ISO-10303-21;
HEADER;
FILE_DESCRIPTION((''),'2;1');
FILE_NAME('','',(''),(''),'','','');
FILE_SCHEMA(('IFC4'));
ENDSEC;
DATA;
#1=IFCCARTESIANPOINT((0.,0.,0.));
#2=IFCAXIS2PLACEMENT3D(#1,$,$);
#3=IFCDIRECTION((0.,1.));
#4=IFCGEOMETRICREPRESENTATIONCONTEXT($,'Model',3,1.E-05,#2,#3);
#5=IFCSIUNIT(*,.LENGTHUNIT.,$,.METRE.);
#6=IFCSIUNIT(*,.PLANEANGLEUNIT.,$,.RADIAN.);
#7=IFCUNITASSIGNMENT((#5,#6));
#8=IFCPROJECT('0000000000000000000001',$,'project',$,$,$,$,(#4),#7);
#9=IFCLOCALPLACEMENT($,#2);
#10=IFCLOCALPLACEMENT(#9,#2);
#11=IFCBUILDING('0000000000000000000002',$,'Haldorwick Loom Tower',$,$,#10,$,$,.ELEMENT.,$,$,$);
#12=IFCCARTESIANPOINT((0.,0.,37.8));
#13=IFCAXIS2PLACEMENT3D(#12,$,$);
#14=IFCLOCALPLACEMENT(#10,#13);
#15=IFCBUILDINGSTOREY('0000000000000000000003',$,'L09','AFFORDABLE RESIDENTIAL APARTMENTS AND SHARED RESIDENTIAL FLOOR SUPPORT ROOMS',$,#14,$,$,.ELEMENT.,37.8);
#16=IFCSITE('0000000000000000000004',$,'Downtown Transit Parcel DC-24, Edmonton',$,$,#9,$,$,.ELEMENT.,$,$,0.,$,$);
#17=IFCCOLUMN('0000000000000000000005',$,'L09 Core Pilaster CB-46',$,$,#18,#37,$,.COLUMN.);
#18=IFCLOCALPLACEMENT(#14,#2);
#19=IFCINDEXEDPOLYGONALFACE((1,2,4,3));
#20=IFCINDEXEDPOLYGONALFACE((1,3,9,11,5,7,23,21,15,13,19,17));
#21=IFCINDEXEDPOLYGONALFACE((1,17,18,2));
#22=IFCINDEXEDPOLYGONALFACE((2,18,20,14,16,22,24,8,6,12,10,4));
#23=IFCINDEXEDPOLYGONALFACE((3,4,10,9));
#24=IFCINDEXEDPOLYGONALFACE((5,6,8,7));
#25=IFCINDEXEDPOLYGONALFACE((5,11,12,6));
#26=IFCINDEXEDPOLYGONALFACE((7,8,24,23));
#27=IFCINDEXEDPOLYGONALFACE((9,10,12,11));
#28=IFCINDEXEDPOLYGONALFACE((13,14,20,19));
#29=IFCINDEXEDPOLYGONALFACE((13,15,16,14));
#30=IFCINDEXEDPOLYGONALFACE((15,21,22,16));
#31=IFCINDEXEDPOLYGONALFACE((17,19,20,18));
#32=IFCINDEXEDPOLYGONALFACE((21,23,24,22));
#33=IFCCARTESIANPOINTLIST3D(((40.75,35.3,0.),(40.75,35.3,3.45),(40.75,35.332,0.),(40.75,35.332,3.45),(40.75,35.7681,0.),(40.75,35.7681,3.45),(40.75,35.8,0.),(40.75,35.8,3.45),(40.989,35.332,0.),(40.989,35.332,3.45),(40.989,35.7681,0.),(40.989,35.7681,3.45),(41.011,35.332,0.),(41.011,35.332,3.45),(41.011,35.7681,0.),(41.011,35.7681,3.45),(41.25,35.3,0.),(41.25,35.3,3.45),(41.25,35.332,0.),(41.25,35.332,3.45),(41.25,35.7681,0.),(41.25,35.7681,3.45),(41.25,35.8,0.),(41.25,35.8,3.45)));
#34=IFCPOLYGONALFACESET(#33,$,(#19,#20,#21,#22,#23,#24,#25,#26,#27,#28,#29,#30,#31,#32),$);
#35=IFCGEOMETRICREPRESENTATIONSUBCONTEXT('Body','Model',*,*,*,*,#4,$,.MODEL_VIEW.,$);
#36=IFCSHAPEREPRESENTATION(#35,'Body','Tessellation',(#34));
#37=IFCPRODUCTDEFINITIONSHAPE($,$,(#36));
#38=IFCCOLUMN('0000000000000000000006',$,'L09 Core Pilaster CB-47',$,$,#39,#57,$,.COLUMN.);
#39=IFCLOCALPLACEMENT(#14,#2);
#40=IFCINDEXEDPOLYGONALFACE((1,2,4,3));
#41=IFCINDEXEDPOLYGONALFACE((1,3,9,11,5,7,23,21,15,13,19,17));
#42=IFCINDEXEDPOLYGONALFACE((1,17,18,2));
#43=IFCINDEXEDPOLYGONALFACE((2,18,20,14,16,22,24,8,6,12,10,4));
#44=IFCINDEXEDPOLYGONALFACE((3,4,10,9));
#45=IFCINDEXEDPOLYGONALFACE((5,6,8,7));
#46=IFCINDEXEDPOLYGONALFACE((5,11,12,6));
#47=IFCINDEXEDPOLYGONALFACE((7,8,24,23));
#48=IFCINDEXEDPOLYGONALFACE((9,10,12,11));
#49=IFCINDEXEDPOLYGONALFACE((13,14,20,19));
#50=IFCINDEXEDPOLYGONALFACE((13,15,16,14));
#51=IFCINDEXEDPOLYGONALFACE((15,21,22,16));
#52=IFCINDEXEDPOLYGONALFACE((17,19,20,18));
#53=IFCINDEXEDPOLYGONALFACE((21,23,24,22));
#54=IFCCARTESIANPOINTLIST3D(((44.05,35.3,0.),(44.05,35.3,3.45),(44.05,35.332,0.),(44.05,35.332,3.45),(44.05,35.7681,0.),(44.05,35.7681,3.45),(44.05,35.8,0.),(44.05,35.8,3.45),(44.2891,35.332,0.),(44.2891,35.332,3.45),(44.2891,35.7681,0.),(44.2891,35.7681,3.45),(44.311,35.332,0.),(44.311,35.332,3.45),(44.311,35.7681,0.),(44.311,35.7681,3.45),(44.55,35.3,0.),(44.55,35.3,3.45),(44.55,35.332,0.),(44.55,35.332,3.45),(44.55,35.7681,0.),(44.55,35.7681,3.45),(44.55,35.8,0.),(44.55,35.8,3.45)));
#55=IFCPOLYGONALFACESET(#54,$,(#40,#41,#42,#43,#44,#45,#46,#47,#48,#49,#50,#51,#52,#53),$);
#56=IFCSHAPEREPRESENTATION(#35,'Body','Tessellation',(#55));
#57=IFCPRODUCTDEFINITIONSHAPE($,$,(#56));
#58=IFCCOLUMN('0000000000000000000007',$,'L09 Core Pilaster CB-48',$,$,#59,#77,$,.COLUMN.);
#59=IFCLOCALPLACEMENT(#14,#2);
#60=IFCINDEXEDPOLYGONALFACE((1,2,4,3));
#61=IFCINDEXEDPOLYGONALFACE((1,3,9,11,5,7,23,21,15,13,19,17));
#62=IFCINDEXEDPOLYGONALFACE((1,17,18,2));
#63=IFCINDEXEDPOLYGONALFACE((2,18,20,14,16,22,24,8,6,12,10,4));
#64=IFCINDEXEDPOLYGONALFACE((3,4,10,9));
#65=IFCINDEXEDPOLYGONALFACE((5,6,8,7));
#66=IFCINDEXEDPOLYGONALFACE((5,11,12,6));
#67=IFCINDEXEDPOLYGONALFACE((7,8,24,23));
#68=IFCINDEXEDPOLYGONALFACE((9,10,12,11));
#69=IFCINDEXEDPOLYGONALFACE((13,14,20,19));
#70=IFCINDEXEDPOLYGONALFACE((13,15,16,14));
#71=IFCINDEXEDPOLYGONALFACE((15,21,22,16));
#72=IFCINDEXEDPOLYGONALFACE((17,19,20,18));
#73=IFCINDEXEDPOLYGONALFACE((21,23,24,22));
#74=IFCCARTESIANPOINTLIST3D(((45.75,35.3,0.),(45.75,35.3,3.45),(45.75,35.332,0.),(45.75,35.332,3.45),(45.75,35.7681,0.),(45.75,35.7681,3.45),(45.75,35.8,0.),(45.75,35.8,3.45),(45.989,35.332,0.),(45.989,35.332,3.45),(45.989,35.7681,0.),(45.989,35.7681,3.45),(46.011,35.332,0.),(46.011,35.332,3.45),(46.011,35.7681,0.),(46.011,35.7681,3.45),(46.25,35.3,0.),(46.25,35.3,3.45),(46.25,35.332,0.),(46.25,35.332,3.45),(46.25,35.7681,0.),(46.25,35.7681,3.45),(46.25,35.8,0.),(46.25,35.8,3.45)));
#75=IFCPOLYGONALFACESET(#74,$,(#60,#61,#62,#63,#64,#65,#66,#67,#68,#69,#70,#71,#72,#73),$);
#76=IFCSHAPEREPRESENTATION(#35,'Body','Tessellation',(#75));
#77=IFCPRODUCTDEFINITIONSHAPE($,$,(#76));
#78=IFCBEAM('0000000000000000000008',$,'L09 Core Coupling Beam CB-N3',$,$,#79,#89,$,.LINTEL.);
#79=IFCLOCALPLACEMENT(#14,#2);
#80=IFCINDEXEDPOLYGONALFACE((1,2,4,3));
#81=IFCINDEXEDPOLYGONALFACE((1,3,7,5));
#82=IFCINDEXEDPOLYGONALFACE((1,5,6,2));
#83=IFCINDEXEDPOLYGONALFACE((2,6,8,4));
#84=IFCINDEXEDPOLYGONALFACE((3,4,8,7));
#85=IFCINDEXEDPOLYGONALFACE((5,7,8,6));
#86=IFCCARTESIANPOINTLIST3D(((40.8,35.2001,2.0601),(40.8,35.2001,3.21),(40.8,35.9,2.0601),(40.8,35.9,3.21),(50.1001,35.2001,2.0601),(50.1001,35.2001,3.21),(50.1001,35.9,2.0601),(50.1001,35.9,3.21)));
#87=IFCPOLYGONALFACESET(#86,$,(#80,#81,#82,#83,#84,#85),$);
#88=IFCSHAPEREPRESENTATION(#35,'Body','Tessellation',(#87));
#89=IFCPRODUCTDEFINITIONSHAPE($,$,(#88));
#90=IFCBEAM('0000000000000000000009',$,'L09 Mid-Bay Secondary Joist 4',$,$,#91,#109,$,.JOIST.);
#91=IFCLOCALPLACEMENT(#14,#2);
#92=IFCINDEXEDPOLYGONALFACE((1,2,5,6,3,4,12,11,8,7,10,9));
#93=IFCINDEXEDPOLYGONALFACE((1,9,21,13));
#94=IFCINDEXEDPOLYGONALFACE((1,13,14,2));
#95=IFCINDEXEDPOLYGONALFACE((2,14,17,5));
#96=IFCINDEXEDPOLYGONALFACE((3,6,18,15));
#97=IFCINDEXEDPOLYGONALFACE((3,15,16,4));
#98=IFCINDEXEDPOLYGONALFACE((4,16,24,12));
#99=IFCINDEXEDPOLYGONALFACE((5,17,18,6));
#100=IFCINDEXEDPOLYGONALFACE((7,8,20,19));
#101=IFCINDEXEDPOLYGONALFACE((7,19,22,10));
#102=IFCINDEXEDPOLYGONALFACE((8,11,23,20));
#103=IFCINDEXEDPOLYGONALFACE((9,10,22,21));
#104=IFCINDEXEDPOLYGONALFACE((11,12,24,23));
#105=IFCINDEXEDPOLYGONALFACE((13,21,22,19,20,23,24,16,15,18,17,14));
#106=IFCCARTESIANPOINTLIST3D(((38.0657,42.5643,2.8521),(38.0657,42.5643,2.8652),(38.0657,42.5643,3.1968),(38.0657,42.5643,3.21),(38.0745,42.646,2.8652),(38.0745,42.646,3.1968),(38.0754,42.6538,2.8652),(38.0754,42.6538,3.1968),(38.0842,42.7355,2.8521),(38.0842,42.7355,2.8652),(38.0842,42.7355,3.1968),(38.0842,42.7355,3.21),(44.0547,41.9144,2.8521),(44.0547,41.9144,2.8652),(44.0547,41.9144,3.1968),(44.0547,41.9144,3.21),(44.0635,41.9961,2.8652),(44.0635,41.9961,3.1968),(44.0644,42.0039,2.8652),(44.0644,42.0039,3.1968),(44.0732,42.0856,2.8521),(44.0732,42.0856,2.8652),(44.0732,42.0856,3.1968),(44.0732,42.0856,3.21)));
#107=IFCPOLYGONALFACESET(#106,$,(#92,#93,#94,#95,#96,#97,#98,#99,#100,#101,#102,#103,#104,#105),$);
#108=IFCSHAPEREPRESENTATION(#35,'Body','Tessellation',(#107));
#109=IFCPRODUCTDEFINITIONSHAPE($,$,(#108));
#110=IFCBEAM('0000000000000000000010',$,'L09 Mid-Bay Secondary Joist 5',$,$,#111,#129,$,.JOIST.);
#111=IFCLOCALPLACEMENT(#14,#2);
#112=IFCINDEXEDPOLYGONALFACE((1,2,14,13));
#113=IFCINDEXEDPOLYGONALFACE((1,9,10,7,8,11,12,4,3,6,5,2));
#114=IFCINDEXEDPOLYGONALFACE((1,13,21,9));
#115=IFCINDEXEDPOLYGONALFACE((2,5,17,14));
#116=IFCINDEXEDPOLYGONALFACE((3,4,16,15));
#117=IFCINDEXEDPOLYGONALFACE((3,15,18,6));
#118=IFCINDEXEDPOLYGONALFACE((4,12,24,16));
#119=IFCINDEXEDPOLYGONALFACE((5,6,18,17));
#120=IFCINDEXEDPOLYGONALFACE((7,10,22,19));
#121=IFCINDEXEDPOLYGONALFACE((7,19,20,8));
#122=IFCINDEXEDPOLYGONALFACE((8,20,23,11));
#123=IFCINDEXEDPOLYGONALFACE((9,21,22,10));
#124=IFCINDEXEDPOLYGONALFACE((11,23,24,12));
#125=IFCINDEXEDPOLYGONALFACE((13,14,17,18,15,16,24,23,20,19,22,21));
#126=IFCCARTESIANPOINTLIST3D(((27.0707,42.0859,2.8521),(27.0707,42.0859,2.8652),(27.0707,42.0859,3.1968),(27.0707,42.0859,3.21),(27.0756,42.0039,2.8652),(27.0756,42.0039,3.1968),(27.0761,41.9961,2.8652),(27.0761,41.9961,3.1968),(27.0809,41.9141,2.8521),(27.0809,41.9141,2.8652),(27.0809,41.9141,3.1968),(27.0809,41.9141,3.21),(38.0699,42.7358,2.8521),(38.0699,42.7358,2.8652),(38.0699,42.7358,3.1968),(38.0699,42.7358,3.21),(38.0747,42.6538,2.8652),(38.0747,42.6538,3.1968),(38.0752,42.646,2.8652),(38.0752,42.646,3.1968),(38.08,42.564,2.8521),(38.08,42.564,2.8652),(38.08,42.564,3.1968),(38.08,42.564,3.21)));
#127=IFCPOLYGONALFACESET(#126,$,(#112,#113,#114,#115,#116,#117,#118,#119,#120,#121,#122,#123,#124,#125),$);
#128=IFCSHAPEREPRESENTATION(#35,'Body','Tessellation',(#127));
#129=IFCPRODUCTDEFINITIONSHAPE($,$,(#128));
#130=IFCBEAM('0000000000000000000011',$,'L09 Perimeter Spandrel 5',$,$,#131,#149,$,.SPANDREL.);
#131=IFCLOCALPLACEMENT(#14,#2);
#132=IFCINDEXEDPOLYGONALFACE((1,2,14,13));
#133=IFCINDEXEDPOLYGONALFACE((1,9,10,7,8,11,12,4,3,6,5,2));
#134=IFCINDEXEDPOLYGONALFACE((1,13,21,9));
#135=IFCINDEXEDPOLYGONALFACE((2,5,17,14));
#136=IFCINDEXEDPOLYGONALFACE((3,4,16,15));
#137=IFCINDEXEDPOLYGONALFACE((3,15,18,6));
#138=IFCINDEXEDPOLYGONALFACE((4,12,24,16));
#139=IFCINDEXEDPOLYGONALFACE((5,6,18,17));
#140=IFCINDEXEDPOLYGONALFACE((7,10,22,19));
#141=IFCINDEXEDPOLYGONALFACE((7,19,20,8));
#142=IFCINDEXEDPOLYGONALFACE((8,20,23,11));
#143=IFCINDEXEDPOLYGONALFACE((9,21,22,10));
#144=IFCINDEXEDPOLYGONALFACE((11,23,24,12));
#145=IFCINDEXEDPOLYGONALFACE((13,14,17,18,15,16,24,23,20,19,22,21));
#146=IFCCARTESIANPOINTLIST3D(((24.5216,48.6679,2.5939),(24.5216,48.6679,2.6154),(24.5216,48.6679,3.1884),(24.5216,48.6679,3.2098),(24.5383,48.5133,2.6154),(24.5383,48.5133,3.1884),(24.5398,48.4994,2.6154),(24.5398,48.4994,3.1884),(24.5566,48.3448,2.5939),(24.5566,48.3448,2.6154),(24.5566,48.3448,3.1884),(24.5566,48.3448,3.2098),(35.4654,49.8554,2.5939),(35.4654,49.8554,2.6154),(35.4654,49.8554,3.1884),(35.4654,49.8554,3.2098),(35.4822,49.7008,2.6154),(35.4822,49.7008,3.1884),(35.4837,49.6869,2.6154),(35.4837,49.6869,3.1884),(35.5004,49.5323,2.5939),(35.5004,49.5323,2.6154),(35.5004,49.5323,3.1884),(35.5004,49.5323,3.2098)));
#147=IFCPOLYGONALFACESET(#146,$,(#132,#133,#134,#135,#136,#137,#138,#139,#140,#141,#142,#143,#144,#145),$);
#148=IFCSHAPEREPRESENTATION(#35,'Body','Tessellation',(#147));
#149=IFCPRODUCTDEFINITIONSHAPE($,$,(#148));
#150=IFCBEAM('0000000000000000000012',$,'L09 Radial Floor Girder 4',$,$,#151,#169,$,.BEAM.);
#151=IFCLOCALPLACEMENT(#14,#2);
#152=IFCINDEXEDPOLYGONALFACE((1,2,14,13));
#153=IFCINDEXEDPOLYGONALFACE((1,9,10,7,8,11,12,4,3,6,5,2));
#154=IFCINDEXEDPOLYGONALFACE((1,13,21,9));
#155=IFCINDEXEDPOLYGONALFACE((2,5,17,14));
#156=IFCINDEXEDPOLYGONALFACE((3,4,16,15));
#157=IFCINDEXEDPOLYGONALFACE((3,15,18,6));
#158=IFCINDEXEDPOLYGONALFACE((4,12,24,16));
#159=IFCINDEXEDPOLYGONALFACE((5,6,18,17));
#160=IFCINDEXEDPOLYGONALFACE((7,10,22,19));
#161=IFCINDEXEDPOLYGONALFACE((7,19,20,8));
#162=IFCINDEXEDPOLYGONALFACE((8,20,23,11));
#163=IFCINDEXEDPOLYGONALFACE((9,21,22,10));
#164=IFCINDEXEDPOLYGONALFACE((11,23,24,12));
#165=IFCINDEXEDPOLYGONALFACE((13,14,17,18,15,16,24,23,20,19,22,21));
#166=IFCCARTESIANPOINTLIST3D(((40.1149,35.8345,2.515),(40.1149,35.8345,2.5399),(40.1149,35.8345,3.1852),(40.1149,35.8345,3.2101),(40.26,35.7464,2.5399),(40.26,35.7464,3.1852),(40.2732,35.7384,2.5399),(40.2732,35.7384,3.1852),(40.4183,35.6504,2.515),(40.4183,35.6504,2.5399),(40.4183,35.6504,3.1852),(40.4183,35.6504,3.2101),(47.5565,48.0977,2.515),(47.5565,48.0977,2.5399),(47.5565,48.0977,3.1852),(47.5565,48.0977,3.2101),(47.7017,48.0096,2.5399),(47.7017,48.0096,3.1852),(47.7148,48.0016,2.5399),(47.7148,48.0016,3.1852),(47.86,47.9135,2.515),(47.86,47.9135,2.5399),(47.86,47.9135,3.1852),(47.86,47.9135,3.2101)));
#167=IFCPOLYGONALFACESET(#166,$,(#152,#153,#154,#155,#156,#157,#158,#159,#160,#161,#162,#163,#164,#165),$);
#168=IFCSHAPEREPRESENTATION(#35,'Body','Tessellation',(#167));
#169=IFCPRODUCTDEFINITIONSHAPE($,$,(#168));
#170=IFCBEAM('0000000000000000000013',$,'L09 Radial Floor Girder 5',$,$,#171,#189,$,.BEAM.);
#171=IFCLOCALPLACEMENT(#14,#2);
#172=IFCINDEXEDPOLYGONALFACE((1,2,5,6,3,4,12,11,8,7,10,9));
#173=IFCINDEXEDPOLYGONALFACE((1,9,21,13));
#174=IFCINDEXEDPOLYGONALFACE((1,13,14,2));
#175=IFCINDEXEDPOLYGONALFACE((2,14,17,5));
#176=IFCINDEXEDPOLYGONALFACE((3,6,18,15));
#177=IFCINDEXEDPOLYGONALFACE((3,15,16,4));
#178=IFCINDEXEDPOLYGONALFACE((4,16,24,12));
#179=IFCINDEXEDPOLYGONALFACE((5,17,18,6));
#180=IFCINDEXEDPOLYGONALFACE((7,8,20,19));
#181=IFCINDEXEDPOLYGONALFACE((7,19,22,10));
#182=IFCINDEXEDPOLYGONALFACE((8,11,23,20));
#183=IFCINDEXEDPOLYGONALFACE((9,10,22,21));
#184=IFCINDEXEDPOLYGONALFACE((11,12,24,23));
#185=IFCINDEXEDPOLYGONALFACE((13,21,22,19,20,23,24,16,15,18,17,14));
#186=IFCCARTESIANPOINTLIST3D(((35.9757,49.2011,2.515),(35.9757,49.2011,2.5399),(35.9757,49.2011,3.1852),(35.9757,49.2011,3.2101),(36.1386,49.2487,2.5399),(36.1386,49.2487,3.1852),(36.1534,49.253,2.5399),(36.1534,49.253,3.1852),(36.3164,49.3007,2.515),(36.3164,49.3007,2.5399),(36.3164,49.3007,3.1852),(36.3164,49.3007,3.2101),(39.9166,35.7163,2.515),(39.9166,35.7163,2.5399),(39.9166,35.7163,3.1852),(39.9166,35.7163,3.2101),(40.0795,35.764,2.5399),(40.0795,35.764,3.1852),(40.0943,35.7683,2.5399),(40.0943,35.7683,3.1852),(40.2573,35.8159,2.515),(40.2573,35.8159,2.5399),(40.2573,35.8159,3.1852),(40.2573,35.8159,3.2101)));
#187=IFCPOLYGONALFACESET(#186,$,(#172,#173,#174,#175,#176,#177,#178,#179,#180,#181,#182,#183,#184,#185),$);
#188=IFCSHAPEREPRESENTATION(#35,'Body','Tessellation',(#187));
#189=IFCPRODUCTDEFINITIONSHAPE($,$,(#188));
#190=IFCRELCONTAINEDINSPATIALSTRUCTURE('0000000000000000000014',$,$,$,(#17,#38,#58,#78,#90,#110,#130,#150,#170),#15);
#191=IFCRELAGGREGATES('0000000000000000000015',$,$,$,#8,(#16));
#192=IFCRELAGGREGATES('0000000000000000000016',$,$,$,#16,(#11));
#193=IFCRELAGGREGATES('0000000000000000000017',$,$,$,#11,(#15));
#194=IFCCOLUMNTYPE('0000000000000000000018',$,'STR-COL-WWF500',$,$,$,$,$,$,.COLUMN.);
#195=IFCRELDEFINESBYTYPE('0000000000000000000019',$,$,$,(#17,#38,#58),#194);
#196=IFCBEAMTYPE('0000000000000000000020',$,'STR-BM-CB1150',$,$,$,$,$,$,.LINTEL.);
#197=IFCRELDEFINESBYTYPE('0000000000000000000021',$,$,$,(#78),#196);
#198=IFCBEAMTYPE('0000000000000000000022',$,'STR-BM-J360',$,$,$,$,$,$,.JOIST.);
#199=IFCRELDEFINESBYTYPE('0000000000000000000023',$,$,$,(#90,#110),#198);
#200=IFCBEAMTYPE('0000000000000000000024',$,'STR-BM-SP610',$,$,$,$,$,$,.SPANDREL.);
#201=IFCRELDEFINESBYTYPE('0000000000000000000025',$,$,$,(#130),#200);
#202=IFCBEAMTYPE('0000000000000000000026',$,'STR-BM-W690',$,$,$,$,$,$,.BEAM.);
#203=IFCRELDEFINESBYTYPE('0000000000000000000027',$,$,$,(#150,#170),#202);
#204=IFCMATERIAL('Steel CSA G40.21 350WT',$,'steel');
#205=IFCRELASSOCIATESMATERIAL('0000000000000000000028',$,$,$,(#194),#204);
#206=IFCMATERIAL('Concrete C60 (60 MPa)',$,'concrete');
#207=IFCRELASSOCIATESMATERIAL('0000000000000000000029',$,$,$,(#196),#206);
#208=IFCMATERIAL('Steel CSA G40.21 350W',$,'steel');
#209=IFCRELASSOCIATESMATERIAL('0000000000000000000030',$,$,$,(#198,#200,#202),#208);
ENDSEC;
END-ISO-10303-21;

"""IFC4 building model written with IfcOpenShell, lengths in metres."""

from ifc_helpers import new_model, si_unit, direction, frame, origin, origin_2d, place, context, subcontext, project, spatial, rectangle, i_section, extrude, material, material_profile, profile_set, type_object, element, save


model = new_model("IFC4")

# Units and contexts
model_context = context("Model", 3, precision=1e-05, world=origin(), true_north=direction((0.0, 1.0)))
body_context = subcontext(model_context, "Body", "Model", "MODEL_VIEW")
ifc_project = project(units=[si_unit("LENGTHUNIT", "METRE"), si_unit("PLANEANGLEUNIT", "RADIAN")], contexts=[model_context])

# Site, building, storey
site_placement = place(None, origin())
site = spatial("IfcSite", under=ifc_project, at=site_placement, Name="Downtown Transit Parcel DC-24, Edmonton", CompositionType="ELEMENT", RefElevation=0.0)
building_placement = place(site_placement, origin())
building = spatial("IfcBuilding", under=site, at=building_placement, Name="Haldorwick Loom Tower", CompositionType="ELEMENT")
storey_placement = place(building_placement, frame((0.0, 0.0, 37.8)))
storey = spatial("IfcBuildingStorey", under=building, at=storey_placement, Name="L09", Description="AFFORDABLE RESIDENTIAL APARTMENTS AND SHARED RESIDENTIAL FLOOR SUPPORT ROOMS", CompositionType="ELEMENT", Elevation=37.8)

# Columns
ifc_material_1 = material(Name="Concrete C60 (60 MPa)", Category="concrete")
ifc_material_2 = material(Name="Steel CSA G40.21 350WT", Category="steel")
ifc_material_profile_1 = material_profile(ifc_material_2, i_section(OverallWidth=0.5, OverallDepth=0.5, WebThickness=0.022, FlangeThickness=0.032, at=origin_2d()), Name="WWF500X500", Category="steel")
ifc_profile_set_1 = profile_set([ifc_material_profile_1], Name="Steel CSA G40.21 350WT")
column_type_1 = type_object("IfcColumnType", Name="STR-COL-WWF500", PredefinedType="COLUMN", material=ifc_profile_set_1)
for number, where, z_axis, x_axis, name in (
    (1, (41.0, 35.55, 0.0), (0.0, 0.0, 1.0), (1.0, 0.0, 0.0), "L09 Core Pilaster CB-46"),
    (2, (44.3, 35.55, 0.0), (0.0, 0.0, 1.0), (1.0, 0.0, 0.0), "L09 Core Pilaster CB-47"),
    (3, (46.0, 35.55, 0.0), (0.0, 0.0, 1.0), (1.0, 0.0, 0.0), "L09 Core Pilaster CB-48"),
):
    element("IfcColumn", number, at=place(storey_placement, frame(where, z_axis=z_axis, x_axis=x_axis)), inside=storey, type_object=column_type_1, Name=name, PredefinedType="COLUMN", context=body_context, shape_type="SweptSolid", body=[
        extrude(i_section(OverallWidth=0.5, OverallDepth=0.5, WebThickness=0.022, FlangeThickness=0.032, at=origin_2d()), origin(), (0.0, 0.0, 1.0), 3.45),
    ])

# Beams
ifc_material_profile_2 = material_profile(ifc_material_1, rectangle(XDim=0.7, YDim=1.1499, at=origin_2d()), Name="RC700X1150", Category="concrete")
ifc_profile_set_2 = profile_set([ifc_material_profile_2], Name="Concrete C60 (60 MPa)")
beam_type_1 = type_object("IfcBeamType", Name="STR-BM-CB1150", PredefinedType="LINTEL", material=ifc_profile_set_2)
beam_1_placement = place(storey_placement, frame((40.8, 35.55, 2.635), z_axis=(1.0, 0.0, 0.0), x_axis=(0.0, 1.0, 0.0)))
element("IfcBeam", 4, at=beam_1_placement, inside=storey, type_object=beam_type_1, Name="L09 Core Coupling Beam CB-N3", PredefinedType="LINTEL", context=body_context, shape_type="SweptSolid", body=[
    extrude(rectangle(XDim=0.7, YDim=1.1499, at=origin_2d()), origin(), (0.0, 0.0, 1.0), 9.3),
])
ifc_material_3 = material(Name="Steel CSA G40.21 350W", Category="steel")
ifc_material_profile_3 = material_profile(ifc_material_3, i_section(OverallWidth=0.1721, OverallDepth=0.3579, WebThickness=0.0078, FlangeThickness=0.0132, at=origin_2d()), Name="W360X57", Category="steel")
ifc_profile_set_3 = profile_set([ifc_material_profile_3], Name="Steel CSA G40.21 350W")
beam_type_2 = type_object("IfcBeamType", Name="STR-BM-J360", PredefinedType="JOIST", material=ifc_profile_set_3)
beam_2_placement = place(storey_placement, frame((44.064, 42.0, 3.031), z_axis=(-0.994164, 0.107882, 0.0), x_axis=(-0.107882, -0.994164, 0.0)))
element("IfcBeam", 5, at=beam_2_placement, inside=storey, type_object=beam_type_2, Name="L09 Mid-Bay Secondary Joist 4", PredefinedType="JOIST", context=body_context, shape_type="SweptSolid", body=[
    extrude(i_section(OverallWidth=0.1721, OverallDepth=0.3579, WebThickness=0.0078, FlangeThickness=0.0132, at=origin_2d()), origin(), (0.0, 0.0, 1.0), 6.0242),
])
beam_3_placement = place(storey_placement, frame((38.075, 42.6499, 3.031), z_axis=(-0.998259, -0.058984, 0.0), x_axis=(0.058984, -0.998259, 0.0)))
element("IfcBeam", 6, at=beam_3_placement, inside=storey, type_object=beam_type_2, Name="L09 Mid-Bay Secondary Joist 5", PredefinedType="JOIST", context=body_context, shape_type="SweptSolid", body=[
    extrude(i_section(OverallWidth=0.1721, OverallDepth=0.3579, WebThickness=0.0078, FlangeThickness=0.0132, at=origin_2d()), origin(), (0.0, 0.0, 1.0), 11.0183),
])
ifc_material_profile_4 = material_profile(ifc_material_3, i_section(OverallWidth=0.325, OverallDepth=0.616, WebThickness=0.0139, FlangeThickness=0.0215, at=origin_2d()), Name="W610X174", Category="steel")
ifc_profile_set_4 = profile_set([ifc_material_profile_4], Name="Steel CSA G40.21 350W")
beam_type_3 = type_object("IfcBeamType", Name="STR-BM-SP610", PredefinedType="SPANDREL", material=ifc_profile_set_4)
beam_4_placement = place(storey_placement, frame((35.4829, 49.6938, 2.9019), z_axis=(-0.994164, -0.107875, 0.0), x_axis=(0.107875, -0.994164, 0.0)))
element("IfcBeam", 7, at=beam_4_placement, inside=storey, type_object=beam_type_3, Name="L09 Perimeter Spandrel 5", PredefinedType="SPANDREL", context=body_context, shape_type="SweptSolid", body=[
    extrude(i_section(OverallWidth=0.325, OverallDepth=0.616, WebThickness=0.0139, FlangeThickness=0.0215, at=origin_2d()), origin(), (0.0, 0.0, 1.0), 11.0081),
])
ifc_material_profile_5 = material_profile(ifc_material_3, i_section(OverallWidth=0.355, OverallDepth=0.6951, WebThickness=0.0154, FlangeThickness=0.0249, at=origin_2d()), Name="W690X217", Category="steel")
ifc_profile_set_5 = profile_set([ifc_material_profile_5], Name="Steel CSA G40.21 350W")
beam_type_4 = type_object("IfcBeamType", Name="STR-BM-W690", PredefinedType="BEAM", material=ifc_profile_set_5)
beam_5_placement = place(storey_placement, frame((40.2666, 35.7424, 2.8625), z_axis=(0.518782, 0.854907, 0.0), x_axis=(-0.854907, 0.518782, 0.0)))
element("IfcBeam", 8, at=beam_5_placement, inside=storey, type_object=beam_type_4, Name="L09 Radial Floor Girder 4", PredefinedType="BEAM", context=body_context, shape_type="SweptSolid", body=[
    extrude(i_section(OverallWidth=0.355, OverallDepth=0.6951, WebThickness=0.0154, FlangeThickness=0.0249, at=origin_2d()), origin(), (0.0, 0.0, 1.0), 14.3445),
])
beam_6_placement = place(storey_placement, frame((40.0869, 35.7661, 2.8625), z_axis=(-0.280514, 0.95985, 0.0), x_axis=(-0.95985, -0.280514, 0.0)))
element("IfcBeam", 9, at=beam_6_placement, inside=storey, type_object=beam_type_4, Name="L09 Radial Floor Girder 5", PredefinedType="BEAM", context=body_context, shape_type="SweptSolid", body=[
    extrude(i_section(OverallWidth=0.355, OverallDepth=0.6951, WebThickness=0.0154, FlangeThickness=0.0249, at=origin_2d()), origin(), (0.0, 0.0, 1.0), 14.0488),
])

save(model, "model.ifc")
